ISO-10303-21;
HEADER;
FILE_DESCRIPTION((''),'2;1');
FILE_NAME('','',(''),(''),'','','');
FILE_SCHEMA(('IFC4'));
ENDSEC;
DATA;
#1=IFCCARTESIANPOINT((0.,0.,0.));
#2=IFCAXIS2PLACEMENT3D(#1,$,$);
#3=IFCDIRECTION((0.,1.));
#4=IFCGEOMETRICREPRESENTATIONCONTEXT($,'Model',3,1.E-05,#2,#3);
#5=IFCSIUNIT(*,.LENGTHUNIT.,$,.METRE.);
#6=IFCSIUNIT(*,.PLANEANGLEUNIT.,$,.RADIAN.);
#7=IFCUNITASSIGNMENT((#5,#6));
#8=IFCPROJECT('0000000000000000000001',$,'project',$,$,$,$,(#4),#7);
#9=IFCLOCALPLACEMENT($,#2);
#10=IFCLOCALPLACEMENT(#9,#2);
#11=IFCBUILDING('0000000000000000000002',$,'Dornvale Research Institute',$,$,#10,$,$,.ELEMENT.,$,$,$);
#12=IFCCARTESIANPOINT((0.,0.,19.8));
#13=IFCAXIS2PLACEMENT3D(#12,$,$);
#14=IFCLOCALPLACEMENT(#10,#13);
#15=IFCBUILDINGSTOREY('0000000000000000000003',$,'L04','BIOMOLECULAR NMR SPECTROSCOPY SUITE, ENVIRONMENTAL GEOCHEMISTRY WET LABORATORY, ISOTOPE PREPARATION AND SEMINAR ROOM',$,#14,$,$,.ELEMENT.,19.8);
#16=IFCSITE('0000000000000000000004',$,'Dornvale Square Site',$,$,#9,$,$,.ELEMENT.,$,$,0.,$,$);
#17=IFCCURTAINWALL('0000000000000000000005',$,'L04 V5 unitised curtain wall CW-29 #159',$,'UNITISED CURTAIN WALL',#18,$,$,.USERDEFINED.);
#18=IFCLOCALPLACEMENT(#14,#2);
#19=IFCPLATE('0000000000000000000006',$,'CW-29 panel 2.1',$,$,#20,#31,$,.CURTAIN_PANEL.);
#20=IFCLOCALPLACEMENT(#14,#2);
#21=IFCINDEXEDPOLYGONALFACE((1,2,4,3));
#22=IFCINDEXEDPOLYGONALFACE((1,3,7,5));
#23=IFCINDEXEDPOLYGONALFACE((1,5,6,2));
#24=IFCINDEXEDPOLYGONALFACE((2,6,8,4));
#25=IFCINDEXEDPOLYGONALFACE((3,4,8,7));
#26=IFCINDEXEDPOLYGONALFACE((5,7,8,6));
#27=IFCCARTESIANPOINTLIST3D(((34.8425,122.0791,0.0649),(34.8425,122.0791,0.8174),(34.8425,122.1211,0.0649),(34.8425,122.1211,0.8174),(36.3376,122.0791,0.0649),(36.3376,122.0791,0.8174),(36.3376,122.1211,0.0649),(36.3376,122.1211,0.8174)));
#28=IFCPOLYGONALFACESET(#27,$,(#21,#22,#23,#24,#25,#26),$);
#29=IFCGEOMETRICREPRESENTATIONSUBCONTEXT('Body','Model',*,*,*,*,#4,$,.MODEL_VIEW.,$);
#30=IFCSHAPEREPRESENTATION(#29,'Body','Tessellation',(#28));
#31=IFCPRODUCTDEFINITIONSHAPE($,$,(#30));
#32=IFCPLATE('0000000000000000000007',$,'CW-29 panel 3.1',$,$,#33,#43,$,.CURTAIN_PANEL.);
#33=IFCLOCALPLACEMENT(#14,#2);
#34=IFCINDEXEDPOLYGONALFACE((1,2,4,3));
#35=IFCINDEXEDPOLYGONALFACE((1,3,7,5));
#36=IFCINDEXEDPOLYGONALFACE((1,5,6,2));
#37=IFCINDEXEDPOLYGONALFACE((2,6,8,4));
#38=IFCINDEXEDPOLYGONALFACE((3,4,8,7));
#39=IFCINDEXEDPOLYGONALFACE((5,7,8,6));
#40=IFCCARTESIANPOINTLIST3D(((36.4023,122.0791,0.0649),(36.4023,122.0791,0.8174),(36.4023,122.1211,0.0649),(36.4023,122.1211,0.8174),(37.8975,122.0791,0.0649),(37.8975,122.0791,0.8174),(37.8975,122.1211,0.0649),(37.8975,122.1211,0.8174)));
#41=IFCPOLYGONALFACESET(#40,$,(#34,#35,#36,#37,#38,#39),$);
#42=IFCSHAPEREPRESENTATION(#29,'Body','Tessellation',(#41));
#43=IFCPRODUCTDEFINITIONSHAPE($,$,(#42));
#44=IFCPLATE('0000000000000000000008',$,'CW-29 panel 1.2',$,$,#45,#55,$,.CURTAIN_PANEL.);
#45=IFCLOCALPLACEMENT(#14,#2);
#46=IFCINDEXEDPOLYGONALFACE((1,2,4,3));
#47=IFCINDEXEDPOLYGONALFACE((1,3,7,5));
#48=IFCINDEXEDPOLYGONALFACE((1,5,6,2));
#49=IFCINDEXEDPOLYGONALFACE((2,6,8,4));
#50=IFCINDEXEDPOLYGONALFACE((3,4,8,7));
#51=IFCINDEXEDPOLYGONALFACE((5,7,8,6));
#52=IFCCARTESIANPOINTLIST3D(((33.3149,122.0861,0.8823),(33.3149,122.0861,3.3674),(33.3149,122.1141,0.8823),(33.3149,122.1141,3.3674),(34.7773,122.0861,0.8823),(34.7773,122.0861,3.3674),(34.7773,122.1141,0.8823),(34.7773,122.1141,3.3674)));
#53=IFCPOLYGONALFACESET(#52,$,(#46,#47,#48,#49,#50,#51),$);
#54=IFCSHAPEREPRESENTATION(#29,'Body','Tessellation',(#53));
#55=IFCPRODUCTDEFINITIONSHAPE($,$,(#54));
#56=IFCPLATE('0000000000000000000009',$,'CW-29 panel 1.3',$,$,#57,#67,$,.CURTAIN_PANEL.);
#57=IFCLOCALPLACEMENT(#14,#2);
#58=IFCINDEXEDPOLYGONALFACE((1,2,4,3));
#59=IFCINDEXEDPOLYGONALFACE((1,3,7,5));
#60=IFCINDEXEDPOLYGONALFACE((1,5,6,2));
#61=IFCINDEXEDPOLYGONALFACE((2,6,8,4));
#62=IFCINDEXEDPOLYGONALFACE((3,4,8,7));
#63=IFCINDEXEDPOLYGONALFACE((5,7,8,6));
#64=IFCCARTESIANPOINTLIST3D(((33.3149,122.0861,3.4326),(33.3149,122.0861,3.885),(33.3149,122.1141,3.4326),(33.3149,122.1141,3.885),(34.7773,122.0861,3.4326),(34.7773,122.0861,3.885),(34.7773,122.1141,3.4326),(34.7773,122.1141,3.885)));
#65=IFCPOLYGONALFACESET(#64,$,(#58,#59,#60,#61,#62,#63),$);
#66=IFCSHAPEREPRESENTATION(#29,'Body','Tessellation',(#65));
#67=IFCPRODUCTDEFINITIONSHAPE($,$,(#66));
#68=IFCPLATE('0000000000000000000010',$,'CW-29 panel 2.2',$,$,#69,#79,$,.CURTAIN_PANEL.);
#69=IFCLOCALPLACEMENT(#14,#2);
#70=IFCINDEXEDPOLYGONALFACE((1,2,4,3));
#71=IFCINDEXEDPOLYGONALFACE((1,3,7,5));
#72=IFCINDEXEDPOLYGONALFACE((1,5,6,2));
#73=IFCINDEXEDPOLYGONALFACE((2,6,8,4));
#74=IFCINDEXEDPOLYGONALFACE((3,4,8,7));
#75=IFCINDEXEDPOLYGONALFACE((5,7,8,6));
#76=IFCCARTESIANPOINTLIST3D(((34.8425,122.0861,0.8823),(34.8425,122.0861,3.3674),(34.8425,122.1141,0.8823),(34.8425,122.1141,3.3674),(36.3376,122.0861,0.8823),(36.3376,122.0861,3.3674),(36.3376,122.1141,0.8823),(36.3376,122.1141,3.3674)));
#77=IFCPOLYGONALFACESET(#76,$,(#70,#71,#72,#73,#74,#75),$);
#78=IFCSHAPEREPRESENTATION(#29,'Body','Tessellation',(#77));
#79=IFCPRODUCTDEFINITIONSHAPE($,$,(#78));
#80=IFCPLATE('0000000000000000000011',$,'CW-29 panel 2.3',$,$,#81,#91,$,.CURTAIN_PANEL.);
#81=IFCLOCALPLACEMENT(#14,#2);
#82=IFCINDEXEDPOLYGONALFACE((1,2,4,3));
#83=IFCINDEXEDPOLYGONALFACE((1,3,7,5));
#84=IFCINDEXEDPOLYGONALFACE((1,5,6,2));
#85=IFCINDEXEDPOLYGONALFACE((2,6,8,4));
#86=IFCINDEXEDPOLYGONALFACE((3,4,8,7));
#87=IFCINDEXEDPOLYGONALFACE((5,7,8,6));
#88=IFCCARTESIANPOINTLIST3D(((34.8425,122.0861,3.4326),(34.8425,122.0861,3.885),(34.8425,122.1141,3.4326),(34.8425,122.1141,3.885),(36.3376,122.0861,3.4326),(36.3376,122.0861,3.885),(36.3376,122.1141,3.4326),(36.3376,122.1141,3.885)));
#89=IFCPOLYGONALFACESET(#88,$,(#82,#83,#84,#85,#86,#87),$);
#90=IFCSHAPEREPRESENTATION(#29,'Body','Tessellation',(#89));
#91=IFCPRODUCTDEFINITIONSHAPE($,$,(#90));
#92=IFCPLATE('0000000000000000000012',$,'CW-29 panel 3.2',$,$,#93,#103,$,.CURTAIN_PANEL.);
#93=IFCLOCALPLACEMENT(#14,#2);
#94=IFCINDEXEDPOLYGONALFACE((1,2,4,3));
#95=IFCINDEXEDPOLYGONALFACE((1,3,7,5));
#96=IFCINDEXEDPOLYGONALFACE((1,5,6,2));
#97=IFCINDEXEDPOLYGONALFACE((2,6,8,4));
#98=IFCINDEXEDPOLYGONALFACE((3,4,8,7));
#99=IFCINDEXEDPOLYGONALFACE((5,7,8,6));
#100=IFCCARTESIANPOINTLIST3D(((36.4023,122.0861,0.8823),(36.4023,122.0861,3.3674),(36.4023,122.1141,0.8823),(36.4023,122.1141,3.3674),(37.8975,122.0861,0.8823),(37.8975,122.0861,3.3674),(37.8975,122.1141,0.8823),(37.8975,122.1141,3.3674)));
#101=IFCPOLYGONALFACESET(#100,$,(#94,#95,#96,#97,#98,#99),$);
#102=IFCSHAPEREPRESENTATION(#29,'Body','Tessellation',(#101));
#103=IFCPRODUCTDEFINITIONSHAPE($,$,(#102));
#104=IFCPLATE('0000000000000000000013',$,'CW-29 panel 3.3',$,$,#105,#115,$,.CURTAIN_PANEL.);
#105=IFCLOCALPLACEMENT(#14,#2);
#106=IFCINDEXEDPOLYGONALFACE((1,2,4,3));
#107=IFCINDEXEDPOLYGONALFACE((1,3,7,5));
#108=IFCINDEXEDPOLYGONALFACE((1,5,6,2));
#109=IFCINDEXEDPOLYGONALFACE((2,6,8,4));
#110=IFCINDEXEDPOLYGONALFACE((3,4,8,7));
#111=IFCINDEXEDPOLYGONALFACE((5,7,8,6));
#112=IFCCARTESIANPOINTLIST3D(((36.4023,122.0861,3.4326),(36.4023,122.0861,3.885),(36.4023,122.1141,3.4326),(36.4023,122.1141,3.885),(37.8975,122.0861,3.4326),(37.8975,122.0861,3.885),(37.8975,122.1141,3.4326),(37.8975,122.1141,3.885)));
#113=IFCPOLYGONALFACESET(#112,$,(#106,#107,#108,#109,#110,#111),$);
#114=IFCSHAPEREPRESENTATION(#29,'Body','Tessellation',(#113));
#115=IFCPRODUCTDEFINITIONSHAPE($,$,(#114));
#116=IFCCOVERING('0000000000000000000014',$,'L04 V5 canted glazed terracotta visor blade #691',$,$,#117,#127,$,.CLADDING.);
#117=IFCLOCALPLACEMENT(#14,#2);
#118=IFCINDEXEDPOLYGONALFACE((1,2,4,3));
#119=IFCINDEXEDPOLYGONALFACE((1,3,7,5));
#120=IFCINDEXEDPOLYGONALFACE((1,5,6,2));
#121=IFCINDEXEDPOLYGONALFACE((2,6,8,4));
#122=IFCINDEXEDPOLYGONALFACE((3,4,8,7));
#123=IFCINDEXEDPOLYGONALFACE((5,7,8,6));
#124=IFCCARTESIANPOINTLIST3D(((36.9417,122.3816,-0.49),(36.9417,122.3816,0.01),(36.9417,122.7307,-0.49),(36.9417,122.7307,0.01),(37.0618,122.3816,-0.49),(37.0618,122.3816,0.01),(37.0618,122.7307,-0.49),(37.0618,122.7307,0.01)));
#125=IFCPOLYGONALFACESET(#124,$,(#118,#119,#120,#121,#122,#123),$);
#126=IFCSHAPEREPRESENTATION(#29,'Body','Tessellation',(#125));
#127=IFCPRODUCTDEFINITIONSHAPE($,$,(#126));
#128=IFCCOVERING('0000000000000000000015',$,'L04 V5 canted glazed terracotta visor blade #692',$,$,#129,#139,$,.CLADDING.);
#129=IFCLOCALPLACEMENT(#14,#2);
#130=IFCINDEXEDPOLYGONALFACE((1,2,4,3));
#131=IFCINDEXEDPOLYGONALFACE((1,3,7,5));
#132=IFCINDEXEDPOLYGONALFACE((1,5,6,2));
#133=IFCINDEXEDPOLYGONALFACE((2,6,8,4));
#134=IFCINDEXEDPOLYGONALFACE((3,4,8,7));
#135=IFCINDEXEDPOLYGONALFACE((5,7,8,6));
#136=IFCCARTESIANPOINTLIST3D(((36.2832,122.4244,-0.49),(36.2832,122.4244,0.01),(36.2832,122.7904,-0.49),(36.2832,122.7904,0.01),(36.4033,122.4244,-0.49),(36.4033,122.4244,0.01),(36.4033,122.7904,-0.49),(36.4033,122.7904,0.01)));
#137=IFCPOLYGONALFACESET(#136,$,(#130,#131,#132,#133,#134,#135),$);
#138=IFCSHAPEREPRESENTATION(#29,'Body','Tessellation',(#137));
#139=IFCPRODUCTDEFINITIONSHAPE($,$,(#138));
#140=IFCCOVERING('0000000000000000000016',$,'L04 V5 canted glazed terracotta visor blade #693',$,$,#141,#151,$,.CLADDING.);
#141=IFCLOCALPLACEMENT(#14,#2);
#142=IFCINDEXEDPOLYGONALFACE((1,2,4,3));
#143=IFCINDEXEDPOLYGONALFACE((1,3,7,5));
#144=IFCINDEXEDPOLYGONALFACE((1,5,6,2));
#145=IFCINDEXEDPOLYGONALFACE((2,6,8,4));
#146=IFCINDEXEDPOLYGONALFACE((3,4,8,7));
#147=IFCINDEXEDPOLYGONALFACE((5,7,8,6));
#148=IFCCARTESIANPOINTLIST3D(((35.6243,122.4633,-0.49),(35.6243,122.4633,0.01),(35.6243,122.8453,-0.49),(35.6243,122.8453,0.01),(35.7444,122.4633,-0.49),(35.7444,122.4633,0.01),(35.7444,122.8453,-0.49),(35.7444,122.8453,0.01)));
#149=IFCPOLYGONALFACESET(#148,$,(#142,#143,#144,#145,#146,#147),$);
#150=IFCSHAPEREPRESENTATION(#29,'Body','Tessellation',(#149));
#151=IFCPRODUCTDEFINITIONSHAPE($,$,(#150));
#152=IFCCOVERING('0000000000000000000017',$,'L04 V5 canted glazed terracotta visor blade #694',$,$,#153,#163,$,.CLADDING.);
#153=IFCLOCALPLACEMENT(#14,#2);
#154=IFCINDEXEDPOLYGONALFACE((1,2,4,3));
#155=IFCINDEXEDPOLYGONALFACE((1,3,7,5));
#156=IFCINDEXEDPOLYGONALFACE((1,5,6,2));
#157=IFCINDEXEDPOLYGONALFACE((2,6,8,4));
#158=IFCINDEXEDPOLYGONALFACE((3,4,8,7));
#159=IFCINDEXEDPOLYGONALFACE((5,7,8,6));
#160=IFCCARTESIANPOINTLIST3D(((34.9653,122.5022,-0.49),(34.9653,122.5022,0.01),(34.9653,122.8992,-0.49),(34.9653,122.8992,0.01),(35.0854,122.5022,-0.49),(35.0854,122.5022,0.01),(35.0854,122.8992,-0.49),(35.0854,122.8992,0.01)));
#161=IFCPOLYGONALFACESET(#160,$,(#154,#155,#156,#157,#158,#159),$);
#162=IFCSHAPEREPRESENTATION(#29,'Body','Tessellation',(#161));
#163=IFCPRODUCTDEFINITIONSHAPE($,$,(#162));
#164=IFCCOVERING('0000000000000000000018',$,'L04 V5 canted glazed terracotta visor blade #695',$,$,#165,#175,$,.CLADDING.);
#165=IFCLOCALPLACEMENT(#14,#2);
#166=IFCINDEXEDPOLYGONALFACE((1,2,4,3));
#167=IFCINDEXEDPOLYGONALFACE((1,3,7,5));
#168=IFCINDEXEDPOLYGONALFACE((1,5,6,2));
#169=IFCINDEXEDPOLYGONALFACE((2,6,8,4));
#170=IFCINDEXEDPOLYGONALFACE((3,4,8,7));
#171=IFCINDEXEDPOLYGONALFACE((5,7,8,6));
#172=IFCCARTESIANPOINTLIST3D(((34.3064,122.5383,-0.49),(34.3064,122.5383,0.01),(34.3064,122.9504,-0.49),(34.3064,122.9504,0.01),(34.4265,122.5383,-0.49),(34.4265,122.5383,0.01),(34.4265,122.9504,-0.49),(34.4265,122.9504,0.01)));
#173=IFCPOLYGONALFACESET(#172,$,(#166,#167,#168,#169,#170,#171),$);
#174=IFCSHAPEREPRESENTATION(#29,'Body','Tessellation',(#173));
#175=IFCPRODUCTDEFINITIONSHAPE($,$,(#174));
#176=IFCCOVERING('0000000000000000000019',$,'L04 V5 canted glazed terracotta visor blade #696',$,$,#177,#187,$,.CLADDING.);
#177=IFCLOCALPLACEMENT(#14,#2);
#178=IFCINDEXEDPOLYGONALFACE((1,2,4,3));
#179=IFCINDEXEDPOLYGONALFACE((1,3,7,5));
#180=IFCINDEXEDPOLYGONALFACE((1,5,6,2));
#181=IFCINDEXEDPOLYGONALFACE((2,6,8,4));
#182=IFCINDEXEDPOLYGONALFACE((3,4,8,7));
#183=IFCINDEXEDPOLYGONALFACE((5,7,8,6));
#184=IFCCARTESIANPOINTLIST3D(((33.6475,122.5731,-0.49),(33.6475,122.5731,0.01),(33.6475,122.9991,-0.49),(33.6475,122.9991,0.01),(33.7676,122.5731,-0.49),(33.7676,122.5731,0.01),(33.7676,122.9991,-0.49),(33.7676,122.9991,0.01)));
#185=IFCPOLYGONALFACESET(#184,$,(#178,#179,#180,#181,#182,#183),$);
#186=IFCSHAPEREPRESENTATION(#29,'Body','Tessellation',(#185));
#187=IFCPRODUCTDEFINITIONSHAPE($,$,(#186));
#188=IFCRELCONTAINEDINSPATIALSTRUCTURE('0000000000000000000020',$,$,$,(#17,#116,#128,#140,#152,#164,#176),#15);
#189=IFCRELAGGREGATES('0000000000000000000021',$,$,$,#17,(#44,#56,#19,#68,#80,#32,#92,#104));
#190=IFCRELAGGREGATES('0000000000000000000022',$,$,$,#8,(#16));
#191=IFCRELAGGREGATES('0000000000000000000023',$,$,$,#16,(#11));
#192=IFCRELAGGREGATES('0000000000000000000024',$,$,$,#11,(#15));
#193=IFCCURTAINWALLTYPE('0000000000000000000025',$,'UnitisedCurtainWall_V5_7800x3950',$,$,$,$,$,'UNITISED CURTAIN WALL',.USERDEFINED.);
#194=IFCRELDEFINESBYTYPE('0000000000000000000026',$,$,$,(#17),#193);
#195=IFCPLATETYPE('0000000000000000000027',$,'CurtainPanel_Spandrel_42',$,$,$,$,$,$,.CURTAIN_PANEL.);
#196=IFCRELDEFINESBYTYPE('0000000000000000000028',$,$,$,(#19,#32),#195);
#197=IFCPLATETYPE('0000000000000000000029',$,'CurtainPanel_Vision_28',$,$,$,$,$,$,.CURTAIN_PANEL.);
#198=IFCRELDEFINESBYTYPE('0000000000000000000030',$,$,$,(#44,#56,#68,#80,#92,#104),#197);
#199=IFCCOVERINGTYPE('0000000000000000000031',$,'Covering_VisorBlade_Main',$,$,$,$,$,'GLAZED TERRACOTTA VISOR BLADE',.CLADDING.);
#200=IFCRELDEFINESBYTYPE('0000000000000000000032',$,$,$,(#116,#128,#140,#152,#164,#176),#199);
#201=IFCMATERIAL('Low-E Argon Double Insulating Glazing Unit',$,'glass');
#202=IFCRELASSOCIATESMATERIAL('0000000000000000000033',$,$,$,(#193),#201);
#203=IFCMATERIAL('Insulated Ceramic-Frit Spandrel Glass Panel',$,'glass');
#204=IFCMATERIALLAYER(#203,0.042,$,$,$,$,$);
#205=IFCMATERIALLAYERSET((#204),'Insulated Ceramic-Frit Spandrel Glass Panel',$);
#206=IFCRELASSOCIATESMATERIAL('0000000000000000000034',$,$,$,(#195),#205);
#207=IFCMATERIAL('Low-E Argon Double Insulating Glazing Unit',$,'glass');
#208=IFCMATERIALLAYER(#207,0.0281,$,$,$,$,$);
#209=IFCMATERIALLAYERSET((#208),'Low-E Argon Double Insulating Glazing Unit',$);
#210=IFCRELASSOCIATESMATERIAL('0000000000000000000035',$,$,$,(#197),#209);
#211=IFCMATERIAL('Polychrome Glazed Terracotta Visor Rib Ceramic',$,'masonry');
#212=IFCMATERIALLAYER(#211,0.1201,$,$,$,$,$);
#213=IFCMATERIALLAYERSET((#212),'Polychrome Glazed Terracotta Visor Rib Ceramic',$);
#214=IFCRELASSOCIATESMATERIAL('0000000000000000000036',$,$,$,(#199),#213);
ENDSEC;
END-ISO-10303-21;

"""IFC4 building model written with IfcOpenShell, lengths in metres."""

from ifc_helpers import new_model, si_unit, direction, frame, origin, origin_2d, place, context, subcontext, project, spatial, rectangle, extrude, material, layer, layer_set, type_object, element, aggregate, save


model = new_model("IFC4")

# Units and contexts
model_context = context("Model", 3, precision=1e-05, world=origin(), true_north=direction((0.0, 1.0)))
body_context = subcontext(model_context, "Body", "Model", "MODEL_VIEW")
ifc_project = project(units=[si_unit("LENGTHUNIT", "METRE"), si_unit("PLANEANGLEUNIT", "RADIAN")], contexts=[model_context])

# Site, building, storey
site_placement = place(None, origin())
site = spatial("IfcSite", under=ifc_project, at=site_placement, Name="Dornvale Square Site", CompositionType="ELEMENT", RefElevation=0.0)
building_placement = place(site_placement, origin())
building = spatial("IfcBuilding", under=site, at=building_placement, Name="Dornvale Research Institute", CompositionType="ELEMENT")
storey_placement = place(building_placement, frame((0.0, 0.0, 19.8)))
storey = spatial("IfcBuildingStorey", under=building, at=storey_placement, Name="L04", Description="BIOMOLECULAR NMR SPECTROSCOPY SUITE, ENVIRONMENTAL GEOCHEMISTRY WET LABORATORY, ISOTOPE PREPARATION AND SEMINAR ROOM", CompositionType="ELEMENT", Elevation=19.8)

# Curtain wall, plates
ifc_material_1 = material(Name="Low-E Argon Double Insulating Glazing Unit", Category="glass")
curtain_wall_type = type_object("IfcCurtainWallType", Name="UnitisedCurtainWall_V5_7800x3950", ElementType="UNITISED CURTAIN WALL", PredefinedType="USERDEFINED", material=ifc_material_1)
curtain_wall_placement = place(storey_placement, origin())
curtain_wall = element("IfcCurtainWall", 1, at=curtain_wall_placement, inside=storey, type_object=curtain_wall_type, Name="L04 V5 unitised curtain wall CW-29 #159", ObjectType="UNITISED CURTAIN WALL", PredefinedType="USERDEFINED")
ifc_material_2 = material(Name="Insulated Ceramic-Frit Spandrel Glass Panel", Category="glass")
ifc_layer_1 = layer(ifc_material_2, 0.042)
ifc_layer_set_1 = layer_set([ifc_layer_1], Name="Insulated Ceramic-Frit Spandrel Glass Panel")
plate_type_1 = type_object("IfcPlateType", Name="CurtainPanel_Spandrel_42", PredefinedType="CURTAIN_PANEL", material=ifc_layer_set_1)
plate_1_placement = place(storey_placement, frame((35.5901, 122.1001, 0.0649), z_axis=(0.0, 0.0, 1.0), x_axis=(1.0, 0.0, 0.0)))
plate_1 = element("IfcPlate", 2, at=plate_1_placement, type_object=plate_type_1, Name="CW-29 panel 2.1", PredefinedType="CURTAIN_PANEL", context=body_context, shape_type="SweptSolid", body=[
    extrude(rectangle(XDim=1.4951, YDim=0.042, at=origin_2d()), origin(), (0.0, 0.0, 1.0), 0.7524),
])
plate_2_placement = place(storey_placement, frame((37.1499, 122.1001, 0.0649), z_axis=(0.0, 0.0, 1.0), x_axis=(1.0, 0.0, 0.0)))
plate_2 = element("IfcPlate", 3, at=plate_2_placement, type_object=plate_type_1, Name="CW-29 panel 3.1", PredefinedType="CURTAIN_PANEL", context=body_context, shape_type="SweptSolid", body=[
    extrude(rectangle(XDim=1.4951, YDim=0.042, at=origin_2d()), origin(), (0.0, 0.0, 1.0), 0.7524),
])
ifc_material_3 = material(Name="Low-E Argon Double Insulating Glazing Unit", Category="glass")
ifc_layer_2 = layer(ifc_material_3, 0.0281)
ifc_layer_set_2 = layer_set([ifc_layer_2], Name="Low-E Argon Double Insulating Glazing Unit")
plate_type_2 = type_object("IfcPlateType", Name="CurtainPanel_Vision_28", PredefinedType="CURTAIN_PANEL", material=ifc_layer_set_2)
plate_3_placement = place(storey_placement, frame((34.0461, 122.1001, 0.8823), z_axis=(0.0, 0.0, 1.0), x_axis=(1.0, 0.0, 0.0)))
plate_3 = element("IfcPlate", 4, at=plate_3_placement, type_object=plate_type_2, Name="CW-29 panel 1.2", PredefinedType="CURTAIN_PANEL", context=body_context, shape_type="SweptSolid", body=[
    extrude(rectangle(XDim=1.4624, YDim=0.0281, at=origin_2d()), origin(), (0.0, 0.0, 1.0), 2.4851),
])
plate_4_placement = place(storey_placement, frame((34.0461, 122.1001, 3.4326), z_axis=(0.0, 0.0, 1.0), x_axis=(1.0, 0.0, 0.0)))
plate_4 = element("IfcPlate", 5, at=plate_4_placement, type_object=plate_type_2, Name="CW-29 panel 1.3", PredefinedType="CURTAIN_PANEL", context=body_context, shape_type="SweptSolid", body=[
    extrude(rectangle(XDim=1.4624, YDim=0.0281, at=origin_2d()), origin(), (0.0, 0.0, 1.0), 0.4524),
])
plate_5_placement = place(storey_placement, frame((35.5901, 122.1001, 0.8823), z_axis=(0.0, 0.0, 1.0), x_axis=(1.0, 0.0, 0.0)))
plate_5 = element("IfcPlate", 6, at=plate_5_placement, type_object=plate_type_2, Name="CW-29 panel 2.2", PredefinedType="CURTAIN_PANEL", context=body_context, shape_type="SweptSolid", body=[
    extrude(rectangle(XDim=1.4951, YDim=0.0281, at=origin_2d()), origin(), (0.0, 0.0, 1.0), 2.4851),
])
plate_6_placement = place(storey_placement, frame((35.5901, 122.1001, 3.4326), z_axis=(0.0, 0.0, 1.0), x_axis=(1.0, 0.0, 0.0)))
plate_6 = element("IfcPlate", 7, at=plate_6_placement, type_object=plate_type_2, Name="CW-29 panel 2.3", PredefinedType="CURTAIN_PANEL", context=body_context, shape_type="SweptSolid", body=[
    extrude(rectangle(XDim=1.4951, YDim=0.0281, at=origin_2d()), origin(), (0.0, 0.0, 1.0), 0.4524),
])
plate_7_placement = place(storey_placement, frame((37.1499, 122.1001, 0.8823), z_axis=(0.0, 0.0, 1.0), x_axis=(1.0, 0.0, 0.0)))
plate_7 = element("IfcPlate", 8, at=plate_7_placement, type_object=plate_type_2, Name="CW-29 panel 3.2", PredefinedType="CURTAIN_PANEL", context=body_context, shape_type="SweptSolid", body=[
    extrude(rectangle(XDim=1.4951, YDim=0.0281, at=origin_2d()), origin(), (0.0, 0.0, 1.0), 2.4851),
])
plate_8_placement = place(storey_placement, frame((37.1499, 122.1001, 3.4326), z_axis=(0.0, 0.0, 1.0), x_axis=(1.0, 0.0, 0.0)))
plate_8 = element("IfcPlate", 9, at=plate_8_placement, type_object=plate_type_2, Name="CW-29 panel 3.3", PredefinedType="CURTAIN_PANEL", context=body_context, shape_type="SweptSolid", body=[
    extrude(rectangle(XDim=1.4951, YDim=0.0281, at=origin_2d()), origin(), (0.0, 0.0, 1.0), 0.4524),
])
aggregate(curtain_wall, [plate_3, plate_4, plate_1, plate_5, plate_6, plate_2, plate_7, plate_8])

# Coverings
ifc_material_4 = material(Name="Polychrome Glazed Terracotta Visor Rib Ceramic", Category="masonry")
ifc_layer_3 = layer(ifc_material_4, 0.1201)
ifc_layer_set_3 = layer_set([ifc_layer_3], Name="Polychrome Glazed Terracotta Visor Rib Ceramic")
covering_type = type_object("IfcCoveringType", Name="Covering_VisorBlade_Main", ElementType="GLAZED TERRACOTTA VISOR BLADE", PredefinedType="CLADDING", material=ifc_layer_set_3)
covering_1_placement = place(storey_placement, frame((37.0017, 122.5562, -0.49), z_axis=(0.0, 0.0, 1.0), x_axis=(0.0, 1.0, 0.0)))
element("IfcCovering", 10, at=covering_1_placement, inside=storey, type_object=covering_type, Name="L04 V5 canted glazed terracotta visor blade #691", PredefinedType="CLADDING", context=body_context, shape_type="SweptSolid", body=[
    extrude(rectangle(XDim=0.3491, YDim=0.1201, at=origin_2d()), origin(), (0.0, 0.0, 1.0), 0.5),
])
covering_2_placement = place(storey_placement, frame((36.3433, 122.6074, -0.49), z_axis=(0.0, 0.0, 1.0), x_axis=(0.0, 1.0, 0.0)))
element("IfcCovering", 11, at=covering_2_placement, inside=storey, type_object=covering_type, Name="L04 V5 canted glazed terracotta visor blade #692", PredefinedType="CLADDING", context=body_context, shape_type="SweptSolid", body=[
    extrude(rectangle(XDim=0.366, YDim=0.1201, at=origin_2d()), origin(), (0.0, 0.0, 1.0), 0.5),
])
covering_3_placement = place(storey_placement, frame((35.6843, 122.6543, -0.49), z_axis=(0.0, 0.0, 1.0), x_axis=(0.0, 1.0, 0.0)))
element("IfcCovering", 12, at=covering_3_placement, inside=storey, type_object=covering_type, Name="L04 V5 canted glazed terracotta visor blade #693", PredefinedType="CLADDING", context=body_context, shape_type="SweptSolid", body=[
    extrude(rectangle(XDim=0.3821, YDim=0.1201, at=origin_2d()), origin(), (0.0, 0.0, 1.0), 0.5),
])
covering_4_placement = place(storey_placement, frame((35.0254, 122.7007, -0.49), z_axis=(0.0, 0.0, 1.0), x_axis=(0.0, 1.0, 0.0)))
element("IfcCovering", 13, at=covering_4_placement, inside=storey, type_object=covering_type, Name="L04 V5 canted glazed terracotta visor blade #694", PredefinedType="CLADDING", context=body_context, shape_type="SweptSolid", body=[
    extrude(rectangle(XDim=0.397, YDim=0.1201, at=origin_2d()), origin(), (0.0, 0.0, 1.0), 0.5),
])
covering_5_placement = place(storey_placement, frame((34.3665, 122.7444, -0.49), z_axis=(0.0, 0.0, 1.0), x_axis=(0.0, 1.0, 0.0)))
element("IfcCovering", 14, at=covering_5_placement, inside=storey, type_object=covering_type, Name="L04 V5 canted glazed terracotta visor blade #695", PredefinedType="CLADDING", context=body_context, shape_type="SweptSolid", body=[
    extrude(rectangle(XDim=0.4121, YDim=0.1201, at=origin_2d()), origin(), (0.0, 0.0, 1.0), 0.5),
])
covering_6_placement = place(storey_placement, frame((33.7075, 122.7861, -0.49), z_axis=(0.0, 0.0, 1.0), x_axis=(0.0, 1.0, 0.0)))
element("IfcCovering", 15, at=covering_6_placement, inside=storey, type_object=covering_type, Name="L04 V5 canted glazed terracotta visor blade #696", PredefinedType="CLADDING", context=body_context, shape_type="SweptSolid", body=[
    extrude(rectangle(XDim=0.426, YDim=0.1201, at=origin_2d()), origin(), (0.0, 0.0, 1.0), 0.5),
])

save(model, "model.ifc")
